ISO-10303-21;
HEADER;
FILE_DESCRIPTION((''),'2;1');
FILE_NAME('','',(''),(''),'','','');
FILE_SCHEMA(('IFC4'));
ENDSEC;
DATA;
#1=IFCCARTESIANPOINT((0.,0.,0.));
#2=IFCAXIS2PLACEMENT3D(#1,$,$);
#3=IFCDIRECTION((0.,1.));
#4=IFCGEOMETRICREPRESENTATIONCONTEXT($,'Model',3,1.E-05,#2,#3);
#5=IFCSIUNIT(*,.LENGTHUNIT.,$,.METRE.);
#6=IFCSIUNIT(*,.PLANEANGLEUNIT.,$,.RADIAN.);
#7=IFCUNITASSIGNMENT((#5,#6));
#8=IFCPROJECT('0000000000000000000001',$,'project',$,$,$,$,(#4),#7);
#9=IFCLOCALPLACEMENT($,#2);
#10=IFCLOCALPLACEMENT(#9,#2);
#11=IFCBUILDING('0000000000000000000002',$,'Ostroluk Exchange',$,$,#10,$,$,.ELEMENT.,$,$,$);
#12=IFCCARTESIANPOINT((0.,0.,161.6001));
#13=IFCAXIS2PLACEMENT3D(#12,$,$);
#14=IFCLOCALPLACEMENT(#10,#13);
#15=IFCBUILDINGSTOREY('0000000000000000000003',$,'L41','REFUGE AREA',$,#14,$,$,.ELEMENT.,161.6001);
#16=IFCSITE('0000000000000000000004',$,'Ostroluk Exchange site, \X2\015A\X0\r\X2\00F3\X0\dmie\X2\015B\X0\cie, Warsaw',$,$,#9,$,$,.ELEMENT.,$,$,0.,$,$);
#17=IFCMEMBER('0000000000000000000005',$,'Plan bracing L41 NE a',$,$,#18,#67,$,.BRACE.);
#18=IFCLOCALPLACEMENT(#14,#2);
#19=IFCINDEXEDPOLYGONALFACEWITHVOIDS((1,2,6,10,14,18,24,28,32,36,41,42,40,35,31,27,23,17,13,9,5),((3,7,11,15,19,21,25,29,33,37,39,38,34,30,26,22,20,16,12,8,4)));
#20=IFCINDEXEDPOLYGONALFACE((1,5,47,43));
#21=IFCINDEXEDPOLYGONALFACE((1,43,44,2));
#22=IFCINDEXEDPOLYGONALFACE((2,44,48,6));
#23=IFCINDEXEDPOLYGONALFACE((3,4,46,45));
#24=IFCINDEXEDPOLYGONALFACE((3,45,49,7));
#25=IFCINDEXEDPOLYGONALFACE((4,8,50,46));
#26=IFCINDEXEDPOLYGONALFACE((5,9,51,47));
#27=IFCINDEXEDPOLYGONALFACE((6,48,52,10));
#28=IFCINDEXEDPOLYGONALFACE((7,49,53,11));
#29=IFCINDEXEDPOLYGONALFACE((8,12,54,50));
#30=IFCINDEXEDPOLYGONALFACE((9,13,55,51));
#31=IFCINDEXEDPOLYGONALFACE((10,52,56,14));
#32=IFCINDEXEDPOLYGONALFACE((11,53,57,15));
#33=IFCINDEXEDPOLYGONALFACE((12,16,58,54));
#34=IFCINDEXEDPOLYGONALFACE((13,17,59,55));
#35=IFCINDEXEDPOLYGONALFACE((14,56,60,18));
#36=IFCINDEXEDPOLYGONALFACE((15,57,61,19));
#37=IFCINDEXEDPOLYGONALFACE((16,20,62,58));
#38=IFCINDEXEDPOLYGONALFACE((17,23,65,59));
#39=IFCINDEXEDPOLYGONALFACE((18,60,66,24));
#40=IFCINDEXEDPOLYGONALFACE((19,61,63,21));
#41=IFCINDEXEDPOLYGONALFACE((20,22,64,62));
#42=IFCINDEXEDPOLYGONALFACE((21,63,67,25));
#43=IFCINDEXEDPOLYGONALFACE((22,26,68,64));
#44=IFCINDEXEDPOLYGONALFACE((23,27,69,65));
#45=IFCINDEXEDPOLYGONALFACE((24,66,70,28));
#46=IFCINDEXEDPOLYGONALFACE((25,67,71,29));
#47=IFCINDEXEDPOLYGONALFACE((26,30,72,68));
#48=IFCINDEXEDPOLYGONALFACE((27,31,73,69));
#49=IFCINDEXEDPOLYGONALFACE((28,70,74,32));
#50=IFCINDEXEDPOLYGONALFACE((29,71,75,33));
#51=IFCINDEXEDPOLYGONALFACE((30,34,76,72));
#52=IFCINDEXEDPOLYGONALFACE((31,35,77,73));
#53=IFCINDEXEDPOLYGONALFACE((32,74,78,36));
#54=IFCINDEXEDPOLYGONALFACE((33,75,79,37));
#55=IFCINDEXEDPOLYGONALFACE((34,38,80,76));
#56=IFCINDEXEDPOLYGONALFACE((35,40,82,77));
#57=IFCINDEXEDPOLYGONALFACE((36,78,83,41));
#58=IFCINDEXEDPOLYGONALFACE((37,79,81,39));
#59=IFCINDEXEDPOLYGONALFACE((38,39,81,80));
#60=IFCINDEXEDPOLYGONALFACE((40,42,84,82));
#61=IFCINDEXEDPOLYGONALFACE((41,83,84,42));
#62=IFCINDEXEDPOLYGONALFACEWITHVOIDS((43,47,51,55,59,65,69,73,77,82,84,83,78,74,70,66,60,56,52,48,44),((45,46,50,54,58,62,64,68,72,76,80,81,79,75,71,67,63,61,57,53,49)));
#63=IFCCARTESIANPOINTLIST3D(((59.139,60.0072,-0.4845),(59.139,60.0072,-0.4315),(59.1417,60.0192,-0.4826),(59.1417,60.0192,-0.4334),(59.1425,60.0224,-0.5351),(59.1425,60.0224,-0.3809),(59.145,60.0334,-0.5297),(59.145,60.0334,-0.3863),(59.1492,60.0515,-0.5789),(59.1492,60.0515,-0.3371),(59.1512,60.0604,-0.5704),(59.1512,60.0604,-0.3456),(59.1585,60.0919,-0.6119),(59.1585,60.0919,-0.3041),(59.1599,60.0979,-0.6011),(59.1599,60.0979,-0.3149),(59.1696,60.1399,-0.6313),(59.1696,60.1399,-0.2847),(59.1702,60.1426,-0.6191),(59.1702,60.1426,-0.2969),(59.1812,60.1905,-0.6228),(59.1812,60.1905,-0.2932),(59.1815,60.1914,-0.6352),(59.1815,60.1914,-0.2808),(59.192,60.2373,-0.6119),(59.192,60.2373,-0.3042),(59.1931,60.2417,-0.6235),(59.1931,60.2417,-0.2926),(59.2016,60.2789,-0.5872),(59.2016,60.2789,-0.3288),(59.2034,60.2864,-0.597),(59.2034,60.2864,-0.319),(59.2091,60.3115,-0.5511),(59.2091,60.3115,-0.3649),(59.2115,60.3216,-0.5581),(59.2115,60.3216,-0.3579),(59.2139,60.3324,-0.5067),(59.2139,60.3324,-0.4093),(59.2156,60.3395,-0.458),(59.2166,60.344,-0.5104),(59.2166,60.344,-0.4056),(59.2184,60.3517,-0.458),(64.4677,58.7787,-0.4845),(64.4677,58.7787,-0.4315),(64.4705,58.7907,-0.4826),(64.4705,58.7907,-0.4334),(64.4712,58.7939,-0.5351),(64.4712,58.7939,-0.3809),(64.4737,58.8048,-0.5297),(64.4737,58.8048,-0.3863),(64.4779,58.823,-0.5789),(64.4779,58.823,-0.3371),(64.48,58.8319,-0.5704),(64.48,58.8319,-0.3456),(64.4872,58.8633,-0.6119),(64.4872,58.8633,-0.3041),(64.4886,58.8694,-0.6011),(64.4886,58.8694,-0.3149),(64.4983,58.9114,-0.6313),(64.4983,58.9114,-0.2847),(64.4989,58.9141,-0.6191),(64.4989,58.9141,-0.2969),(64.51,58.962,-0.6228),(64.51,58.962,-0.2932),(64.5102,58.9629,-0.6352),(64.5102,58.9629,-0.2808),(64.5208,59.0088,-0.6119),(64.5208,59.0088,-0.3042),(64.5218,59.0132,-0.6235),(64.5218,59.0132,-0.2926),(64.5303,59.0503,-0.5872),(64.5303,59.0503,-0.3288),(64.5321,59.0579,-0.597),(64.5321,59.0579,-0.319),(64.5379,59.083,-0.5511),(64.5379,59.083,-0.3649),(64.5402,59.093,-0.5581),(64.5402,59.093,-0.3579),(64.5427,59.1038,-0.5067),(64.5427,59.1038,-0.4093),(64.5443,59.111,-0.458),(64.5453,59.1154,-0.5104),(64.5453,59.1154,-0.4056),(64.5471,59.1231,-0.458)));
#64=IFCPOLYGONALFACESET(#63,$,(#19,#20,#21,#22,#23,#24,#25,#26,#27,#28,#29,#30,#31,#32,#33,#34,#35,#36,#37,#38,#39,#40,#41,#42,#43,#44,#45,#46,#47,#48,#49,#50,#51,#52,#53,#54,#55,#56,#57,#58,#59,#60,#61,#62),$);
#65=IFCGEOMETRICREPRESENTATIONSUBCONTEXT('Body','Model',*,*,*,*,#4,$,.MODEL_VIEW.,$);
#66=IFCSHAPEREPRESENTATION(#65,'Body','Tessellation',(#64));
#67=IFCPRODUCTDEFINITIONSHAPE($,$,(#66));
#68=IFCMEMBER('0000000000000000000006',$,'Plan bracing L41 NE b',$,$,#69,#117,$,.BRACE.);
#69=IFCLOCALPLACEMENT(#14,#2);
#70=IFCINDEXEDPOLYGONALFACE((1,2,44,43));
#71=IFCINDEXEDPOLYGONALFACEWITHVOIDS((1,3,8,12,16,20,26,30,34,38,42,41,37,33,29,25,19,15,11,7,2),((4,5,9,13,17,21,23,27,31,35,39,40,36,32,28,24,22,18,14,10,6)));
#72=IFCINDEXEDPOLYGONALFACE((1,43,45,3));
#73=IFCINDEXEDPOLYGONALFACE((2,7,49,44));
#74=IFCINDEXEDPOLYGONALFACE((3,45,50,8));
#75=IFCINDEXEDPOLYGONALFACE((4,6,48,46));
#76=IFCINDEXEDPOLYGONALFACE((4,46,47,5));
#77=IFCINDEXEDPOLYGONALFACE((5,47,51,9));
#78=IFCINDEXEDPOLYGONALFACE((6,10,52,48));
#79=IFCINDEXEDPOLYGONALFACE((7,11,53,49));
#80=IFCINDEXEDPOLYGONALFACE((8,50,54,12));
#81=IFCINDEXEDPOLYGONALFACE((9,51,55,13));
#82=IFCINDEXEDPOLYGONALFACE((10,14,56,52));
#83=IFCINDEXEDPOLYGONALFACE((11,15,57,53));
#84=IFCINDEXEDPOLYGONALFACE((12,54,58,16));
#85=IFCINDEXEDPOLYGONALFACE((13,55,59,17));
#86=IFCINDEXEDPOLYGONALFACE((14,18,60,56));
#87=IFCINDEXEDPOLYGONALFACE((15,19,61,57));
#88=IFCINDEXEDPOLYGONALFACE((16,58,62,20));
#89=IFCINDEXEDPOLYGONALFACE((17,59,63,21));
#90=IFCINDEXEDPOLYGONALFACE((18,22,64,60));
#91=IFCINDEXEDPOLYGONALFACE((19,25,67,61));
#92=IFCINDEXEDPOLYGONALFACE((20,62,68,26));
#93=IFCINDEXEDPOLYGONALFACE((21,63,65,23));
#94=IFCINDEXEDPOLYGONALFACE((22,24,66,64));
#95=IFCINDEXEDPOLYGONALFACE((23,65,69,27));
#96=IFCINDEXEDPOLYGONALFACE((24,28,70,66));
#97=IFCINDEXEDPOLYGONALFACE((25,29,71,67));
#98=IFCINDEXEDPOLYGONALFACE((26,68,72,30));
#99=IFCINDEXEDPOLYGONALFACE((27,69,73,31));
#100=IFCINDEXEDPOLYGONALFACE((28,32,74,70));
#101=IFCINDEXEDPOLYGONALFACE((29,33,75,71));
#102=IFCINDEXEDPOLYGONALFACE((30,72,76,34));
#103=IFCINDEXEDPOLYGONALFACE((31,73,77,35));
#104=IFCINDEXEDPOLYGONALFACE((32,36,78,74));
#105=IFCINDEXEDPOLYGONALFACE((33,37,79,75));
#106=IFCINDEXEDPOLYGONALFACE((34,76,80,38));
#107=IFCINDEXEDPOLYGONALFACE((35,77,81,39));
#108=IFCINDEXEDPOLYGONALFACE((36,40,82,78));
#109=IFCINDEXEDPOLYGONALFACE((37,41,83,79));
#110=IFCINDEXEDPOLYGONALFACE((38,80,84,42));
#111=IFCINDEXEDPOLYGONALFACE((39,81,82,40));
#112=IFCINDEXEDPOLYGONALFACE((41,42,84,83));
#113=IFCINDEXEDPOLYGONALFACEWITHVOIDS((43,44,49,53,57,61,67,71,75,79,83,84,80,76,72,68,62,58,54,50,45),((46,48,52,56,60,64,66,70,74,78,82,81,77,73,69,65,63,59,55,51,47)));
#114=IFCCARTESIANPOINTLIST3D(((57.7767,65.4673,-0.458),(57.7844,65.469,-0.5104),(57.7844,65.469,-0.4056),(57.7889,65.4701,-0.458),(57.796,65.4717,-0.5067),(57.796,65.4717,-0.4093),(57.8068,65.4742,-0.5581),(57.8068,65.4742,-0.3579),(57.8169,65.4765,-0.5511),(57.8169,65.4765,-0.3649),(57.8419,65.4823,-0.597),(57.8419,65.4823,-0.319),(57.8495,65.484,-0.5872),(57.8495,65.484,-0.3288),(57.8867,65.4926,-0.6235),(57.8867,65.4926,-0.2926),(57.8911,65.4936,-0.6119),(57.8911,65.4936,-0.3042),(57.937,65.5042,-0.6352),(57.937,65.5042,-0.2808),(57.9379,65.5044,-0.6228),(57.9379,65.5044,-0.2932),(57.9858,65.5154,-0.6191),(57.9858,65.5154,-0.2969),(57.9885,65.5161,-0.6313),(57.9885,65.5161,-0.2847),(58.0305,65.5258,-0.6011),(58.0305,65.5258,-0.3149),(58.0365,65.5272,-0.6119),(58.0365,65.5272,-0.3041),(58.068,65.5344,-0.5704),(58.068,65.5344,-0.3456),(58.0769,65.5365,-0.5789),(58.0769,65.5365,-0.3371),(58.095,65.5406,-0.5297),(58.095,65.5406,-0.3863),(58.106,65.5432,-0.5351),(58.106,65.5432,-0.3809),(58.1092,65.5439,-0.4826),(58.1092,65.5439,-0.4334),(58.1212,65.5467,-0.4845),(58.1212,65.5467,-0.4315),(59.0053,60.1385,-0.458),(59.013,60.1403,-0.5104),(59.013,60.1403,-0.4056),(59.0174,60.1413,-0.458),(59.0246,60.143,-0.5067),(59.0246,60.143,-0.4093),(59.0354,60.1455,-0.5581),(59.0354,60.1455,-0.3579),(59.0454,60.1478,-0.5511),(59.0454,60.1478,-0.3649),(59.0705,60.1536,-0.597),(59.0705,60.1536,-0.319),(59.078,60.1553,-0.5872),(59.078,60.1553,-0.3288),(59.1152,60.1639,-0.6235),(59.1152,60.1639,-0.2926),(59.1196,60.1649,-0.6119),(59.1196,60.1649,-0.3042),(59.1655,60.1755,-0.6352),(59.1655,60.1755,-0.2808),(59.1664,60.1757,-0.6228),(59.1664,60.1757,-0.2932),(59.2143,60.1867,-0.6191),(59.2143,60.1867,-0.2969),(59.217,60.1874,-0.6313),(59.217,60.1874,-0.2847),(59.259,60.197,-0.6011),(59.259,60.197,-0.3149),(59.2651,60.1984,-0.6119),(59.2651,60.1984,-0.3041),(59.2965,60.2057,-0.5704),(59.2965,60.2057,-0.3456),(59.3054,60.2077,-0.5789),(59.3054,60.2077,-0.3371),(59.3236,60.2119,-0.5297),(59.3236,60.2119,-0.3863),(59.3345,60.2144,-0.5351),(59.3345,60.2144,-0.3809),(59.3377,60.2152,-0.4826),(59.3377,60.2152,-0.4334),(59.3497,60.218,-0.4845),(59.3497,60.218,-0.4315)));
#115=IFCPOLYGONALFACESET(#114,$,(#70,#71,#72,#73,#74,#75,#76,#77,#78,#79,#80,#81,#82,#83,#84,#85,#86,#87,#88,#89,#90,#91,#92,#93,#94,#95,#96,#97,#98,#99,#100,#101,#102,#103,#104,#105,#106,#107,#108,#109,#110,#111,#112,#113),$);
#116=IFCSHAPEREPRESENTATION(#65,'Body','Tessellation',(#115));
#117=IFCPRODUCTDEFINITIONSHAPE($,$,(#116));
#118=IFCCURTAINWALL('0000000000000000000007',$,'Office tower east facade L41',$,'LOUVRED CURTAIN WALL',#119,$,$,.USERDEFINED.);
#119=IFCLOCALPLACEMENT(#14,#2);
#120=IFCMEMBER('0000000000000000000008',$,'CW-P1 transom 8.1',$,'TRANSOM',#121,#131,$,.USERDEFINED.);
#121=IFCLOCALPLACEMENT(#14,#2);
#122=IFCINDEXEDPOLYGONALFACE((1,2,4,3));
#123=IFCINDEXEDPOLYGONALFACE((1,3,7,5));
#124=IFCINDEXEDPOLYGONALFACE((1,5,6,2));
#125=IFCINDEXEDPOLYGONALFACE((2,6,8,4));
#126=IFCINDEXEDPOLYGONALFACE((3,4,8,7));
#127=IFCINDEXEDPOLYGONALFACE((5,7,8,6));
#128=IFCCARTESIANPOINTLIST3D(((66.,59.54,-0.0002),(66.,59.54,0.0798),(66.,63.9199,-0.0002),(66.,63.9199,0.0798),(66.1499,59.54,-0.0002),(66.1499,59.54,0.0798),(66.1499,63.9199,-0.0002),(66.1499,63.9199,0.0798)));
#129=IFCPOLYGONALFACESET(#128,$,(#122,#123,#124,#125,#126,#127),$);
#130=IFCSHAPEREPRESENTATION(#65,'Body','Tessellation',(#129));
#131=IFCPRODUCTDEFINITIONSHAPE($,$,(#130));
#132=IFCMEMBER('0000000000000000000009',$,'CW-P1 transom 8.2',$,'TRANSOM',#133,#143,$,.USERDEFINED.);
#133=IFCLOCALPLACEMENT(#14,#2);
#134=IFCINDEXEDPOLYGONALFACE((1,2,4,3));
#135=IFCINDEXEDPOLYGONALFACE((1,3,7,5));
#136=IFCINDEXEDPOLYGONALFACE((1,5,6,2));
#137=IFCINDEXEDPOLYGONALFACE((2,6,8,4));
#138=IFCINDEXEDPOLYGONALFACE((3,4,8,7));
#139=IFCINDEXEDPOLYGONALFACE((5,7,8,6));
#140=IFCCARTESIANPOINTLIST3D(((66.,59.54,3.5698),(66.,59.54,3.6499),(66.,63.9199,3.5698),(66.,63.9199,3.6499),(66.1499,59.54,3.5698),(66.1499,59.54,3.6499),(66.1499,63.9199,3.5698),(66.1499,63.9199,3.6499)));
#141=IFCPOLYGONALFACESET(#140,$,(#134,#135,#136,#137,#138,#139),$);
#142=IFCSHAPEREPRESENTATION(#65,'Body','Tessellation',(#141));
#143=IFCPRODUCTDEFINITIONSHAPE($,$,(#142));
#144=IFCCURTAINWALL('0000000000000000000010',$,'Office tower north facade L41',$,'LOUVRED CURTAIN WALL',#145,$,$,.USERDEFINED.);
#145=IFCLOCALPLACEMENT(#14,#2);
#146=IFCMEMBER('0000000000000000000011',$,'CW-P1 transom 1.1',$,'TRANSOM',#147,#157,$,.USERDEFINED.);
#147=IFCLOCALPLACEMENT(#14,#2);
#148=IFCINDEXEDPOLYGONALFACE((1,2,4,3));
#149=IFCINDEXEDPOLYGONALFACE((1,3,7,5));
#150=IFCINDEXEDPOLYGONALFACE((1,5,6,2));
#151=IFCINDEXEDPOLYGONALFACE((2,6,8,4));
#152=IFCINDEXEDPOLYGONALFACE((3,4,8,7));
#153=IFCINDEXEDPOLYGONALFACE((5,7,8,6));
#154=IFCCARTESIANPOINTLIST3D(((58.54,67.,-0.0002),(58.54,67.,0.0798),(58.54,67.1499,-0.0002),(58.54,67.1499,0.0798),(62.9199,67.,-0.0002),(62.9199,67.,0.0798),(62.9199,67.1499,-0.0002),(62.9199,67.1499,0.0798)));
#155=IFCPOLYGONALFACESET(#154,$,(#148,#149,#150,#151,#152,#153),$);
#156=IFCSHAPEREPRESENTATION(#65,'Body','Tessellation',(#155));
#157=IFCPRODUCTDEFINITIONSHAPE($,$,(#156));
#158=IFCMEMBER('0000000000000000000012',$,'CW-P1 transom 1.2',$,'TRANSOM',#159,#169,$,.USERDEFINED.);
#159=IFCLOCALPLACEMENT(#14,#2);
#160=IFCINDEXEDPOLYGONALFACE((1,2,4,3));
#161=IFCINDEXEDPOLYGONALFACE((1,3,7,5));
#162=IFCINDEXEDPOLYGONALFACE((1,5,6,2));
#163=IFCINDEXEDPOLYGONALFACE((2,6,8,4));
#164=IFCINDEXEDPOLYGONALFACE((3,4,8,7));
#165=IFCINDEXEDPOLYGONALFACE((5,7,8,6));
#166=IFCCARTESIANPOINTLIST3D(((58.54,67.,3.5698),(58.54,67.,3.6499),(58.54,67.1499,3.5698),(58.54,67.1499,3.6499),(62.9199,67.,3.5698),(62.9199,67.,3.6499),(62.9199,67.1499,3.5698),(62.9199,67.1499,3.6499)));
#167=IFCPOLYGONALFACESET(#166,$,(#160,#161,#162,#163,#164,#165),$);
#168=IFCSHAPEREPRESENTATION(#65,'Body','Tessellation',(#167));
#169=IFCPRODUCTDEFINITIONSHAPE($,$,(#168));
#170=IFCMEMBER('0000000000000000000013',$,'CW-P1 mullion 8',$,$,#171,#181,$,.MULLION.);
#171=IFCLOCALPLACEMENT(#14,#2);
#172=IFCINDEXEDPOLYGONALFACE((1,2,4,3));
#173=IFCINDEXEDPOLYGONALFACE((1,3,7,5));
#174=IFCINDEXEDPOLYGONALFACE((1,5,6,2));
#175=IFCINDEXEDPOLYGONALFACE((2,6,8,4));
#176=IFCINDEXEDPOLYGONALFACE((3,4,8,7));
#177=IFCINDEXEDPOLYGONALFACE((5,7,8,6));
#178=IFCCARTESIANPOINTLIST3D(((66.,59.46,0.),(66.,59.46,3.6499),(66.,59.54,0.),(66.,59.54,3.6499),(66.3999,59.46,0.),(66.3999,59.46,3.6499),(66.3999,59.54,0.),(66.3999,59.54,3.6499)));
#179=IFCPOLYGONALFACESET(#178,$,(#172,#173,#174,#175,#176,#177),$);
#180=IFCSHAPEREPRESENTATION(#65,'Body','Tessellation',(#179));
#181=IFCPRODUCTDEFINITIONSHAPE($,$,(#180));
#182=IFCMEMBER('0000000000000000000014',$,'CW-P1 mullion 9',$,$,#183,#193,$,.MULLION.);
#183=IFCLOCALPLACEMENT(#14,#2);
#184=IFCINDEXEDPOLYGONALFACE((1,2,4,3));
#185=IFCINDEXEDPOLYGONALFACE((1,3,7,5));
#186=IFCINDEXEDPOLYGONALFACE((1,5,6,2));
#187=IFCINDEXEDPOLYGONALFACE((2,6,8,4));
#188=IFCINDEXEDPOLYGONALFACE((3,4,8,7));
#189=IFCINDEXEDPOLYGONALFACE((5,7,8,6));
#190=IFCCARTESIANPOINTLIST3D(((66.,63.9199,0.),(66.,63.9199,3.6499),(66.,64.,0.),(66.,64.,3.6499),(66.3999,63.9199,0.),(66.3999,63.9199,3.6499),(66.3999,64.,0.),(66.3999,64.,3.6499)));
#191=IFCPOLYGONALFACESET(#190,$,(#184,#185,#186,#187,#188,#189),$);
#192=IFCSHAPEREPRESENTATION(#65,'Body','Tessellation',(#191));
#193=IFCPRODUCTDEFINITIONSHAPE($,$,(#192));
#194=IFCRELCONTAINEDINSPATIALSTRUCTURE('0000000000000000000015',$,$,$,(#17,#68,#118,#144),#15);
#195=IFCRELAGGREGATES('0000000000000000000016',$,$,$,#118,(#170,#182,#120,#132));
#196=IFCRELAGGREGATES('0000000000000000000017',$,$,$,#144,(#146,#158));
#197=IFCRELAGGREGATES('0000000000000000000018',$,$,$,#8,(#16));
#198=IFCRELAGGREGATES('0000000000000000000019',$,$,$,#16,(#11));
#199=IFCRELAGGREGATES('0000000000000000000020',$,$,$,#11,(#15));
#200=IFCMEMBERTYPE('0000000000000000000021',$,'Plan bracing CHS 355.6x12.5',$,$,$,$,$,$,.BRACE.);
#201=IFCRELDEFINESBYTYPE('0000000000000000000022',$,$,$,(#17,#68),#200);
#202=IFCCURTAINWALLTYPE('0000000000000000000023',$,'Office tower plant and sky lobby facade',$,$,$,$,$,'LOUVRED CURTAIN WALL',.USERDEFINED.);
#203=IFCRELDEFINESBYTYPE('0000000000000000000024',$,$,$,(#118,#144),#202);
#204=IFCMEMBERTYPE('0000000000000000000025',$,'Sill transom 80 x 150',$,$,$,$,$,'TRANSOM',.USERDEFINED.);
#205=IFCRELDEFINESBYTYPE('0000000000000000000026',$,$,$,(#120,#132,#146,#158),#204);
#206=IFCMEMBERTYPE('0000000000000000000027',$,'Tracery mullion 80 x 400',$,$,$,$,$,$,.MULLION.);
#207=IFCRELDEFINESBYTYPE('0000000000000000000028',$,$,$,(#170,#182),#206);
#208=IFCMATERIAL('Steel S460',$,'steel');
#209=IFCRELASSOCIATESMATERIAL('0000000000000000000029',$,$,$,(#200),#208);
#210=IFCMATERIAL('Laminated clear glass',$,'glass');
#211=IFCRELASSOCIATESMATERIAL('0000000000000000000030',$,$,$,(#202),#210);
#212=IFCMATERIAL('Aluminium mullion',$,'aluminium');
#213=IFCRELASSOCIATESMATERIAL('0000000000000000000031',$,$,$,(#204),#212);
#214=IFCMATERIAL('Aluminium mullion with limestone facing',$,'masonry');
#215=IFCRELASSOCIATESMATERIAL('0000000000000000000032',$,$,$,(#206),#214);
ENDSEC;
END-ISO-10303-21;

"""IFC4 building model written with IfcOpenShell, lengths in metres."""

from ifc_helpers import new_model, si_unit, direction, frame, origin, origin_2d, place, context, subcontext, project, spatial, rectangle, hollow_circle, extrude, material, material_profile, profile_set, type_object, element, aggregate, save


model = new_model("IFC4")

# Units and contexts
model_context = context("Model", 3, precision=1e-05, world=origin(), true_north=direction((0.0, 1.0)))
body_context = subcontext(model_context, "Body", "Model", "MODEL_VIEW")
ifc_project = project(units=[si_unit("LENGTHUNIT", "METRE"), si_unit("PLANEANGLEUNIT", "RADIAN")], contexts=[model_context])

# Site, building, storey
site_placement = place(None, origin())
site = spatial("IfcSite", under=ifc_project, at=site_placement, Name="Ostroluk Exchange site, Śródmieście, Warsaw", CompositionType="ELEMENT", RefElevation=0.0)
building_placement = place(site_placement, origin())
building = spatial("IfcBuilding", under=site, at=building_placement, Name="Ostroluk Exchange", CompositionType="ELEMENT")
storey_placement = place(building_placement, frame((0.0, 0.0, 161.6001)))
storey = spatial("IfcBuildingStorey", under=building, at=storey_placement, Name="L41", Description="REFUGE AREA", CompositionType="ELEMENT", Elevation=161.6001)

# Members
ifc_material_1 = material(Name="Steel S460", Category="steel")
ifc_material_profile_1 = material_profile(ifc_material_1, hollow_circle(Radius=0.1777, WallThickness=0.0125, at=origin_2d()), Name="CHS 355.6x12.5")
ifc_profile_set_1 = profile_set([ifc_material_profile_1], Name="Steel S460")
member_type_1 = type_object("IfcMemberType", Name="Plan bracing CHS 355.6x12.5", PredefinedType="BRACE", material=ifc_profile_set_1)
for number, where, z_axis, x_axis, name in (
    (1, (59.1785, 60.1785, -0.458), (0.974438, -0.224657, 0.0), (0.224657, 0.974438, 0.0), "Plan bracing L41 NE a"),
    (2, (59.1785, 60.1785, -0.458), (-0.224657, 0.974438, 0.0), (-0.974438, -0.224657, 0.0), "Plan bracing L41 NE b"),
):
    element("IfcMember", number, at=place(storey_placement, frame(where, z_axis=z_axis, x_axis=x_axis)), inside=storey, type_object=member_type_1, Name=name, PredefinedType="BRACE", context=body_context, shape_type="SweptSolid", body=[
        extrude(hollow_circle(Radius=0.1777, WallThickness=0.0125, at=origin_2d()), origin(), (0.0, 0.0, 1.0), 5.4685),
    ])

# Curtain walls, members
ifc_material_2 = material(Name="Laminated clear glass", Category="glass")
curtain_wall_type = type_object("IfcCurtainWallType", Name="Office tower plant and sky lobby facade", ElementType="LOUVRED CURTAIN WALL", PredefinedType="USERDEFINED", material=ifc_material_2)
curtain_wall_1_placement = place(storey_placement, origin())
curtain_wall_1 = element("IfcCurtainWall", 3, at=curtain_wall_1_placement, inside=storey, type_object=curtain_wall_type, Name="Office tower east facade L41", ObjectType="LOUVRED CURTAIN WALL", PredefinedType="USERDEFINED")
ifc_material_3 = material(Name="Aluminium mullion", Category="aluminium")
ifc_material_profile_2 = material_profile(ifc_material_3, rectangle(XDim=0.1499, YDim=0.0801, at=origin_2d()), Name="Sill transom 80 x 150")
ifc_profile_set_2 = profile_set([ifc_material_profile_2], Name="Aluminium mullion")
member_type_2 = type_object("IfcMemberType", Name="Sill transom 80 x 150", ElementType="TRANSOM", PredefinedType="USERDEFINED", material=ifc_profile_set_2)
member_1_placement = place(storey_placement, frame((66.075, 59.54, 0.0398), z_axis=(0.0, 1.0, 0.0), x_axis=(-1.0, 0.0, 0.0)))
member_1 = element("IfcMember", 4, at=member_1_placement, type_object=member_type_2, Name="CW-P1 transom 8.1", ObjectType="TRANSOM", PredefinedType="USERDEFINED", context=body_context, shape_type="SweptSolid", body=[
    extrude(rectangle(XDim=0.1499, YDim=0.0801, at=origin_2d()), origin(), (0.0, 0.0, 1.0), 4.3799),
])
member_2_placement = place(storey_placement, frame((66.075, 59.54, 3.6099), z_axis=(0.0, 1.0, 0.0), x_axis=(-1.0, 0.0, 0.0)))
member_2 = element("IfcMember", 5, at=member_2_placement, type_object=member_type_2, Name="CW-P1 transom 8.2", ObjectType="TRANSOM", PredefinedType="USERDEFINED", context=body_context, shape_type="SweptSolid", body=[
    extrude(rectangle(XDim=0.1499, YDim=0.0801, at=origin_2d()), origin(), (0.0, 0.0, 1.0), 4.3799),
])
curtain_wall_2_placement = place(storey_placement, origin())
curtain_wall_2 = element("IfcCurtainWall", 6, at=curtain_wall_2_placement, inside=storey, type_object=curtain_wall_type, Name="Office tower north facade L41", ObjectType="LOUVRED CURTAIN WALL", PredefinedType="USERDEFINED")
member_3_placement = place(storey_placement, frame((62.9199, 67.075, 0.0398), z_axis=(-1.0, 0.0, 0.0), x_axis=(0.0, -1.0, 0.0)))
member_3 = element("IfcMember", 7, at=member_3_placement, type_object=member_type_2, Name="CW-P1 transom 1.1", ObjectType="TRANSOM", PredefinedType="USERDEFINED", context=body_context, shape_type="SweptSolid", body=[
    extrude(rectangle(XDim=0.1499, YDim=0.0801, at=origin_2d()), origin(), (0.0, 0.0, 1.0), 4.3799),
])
member_4_placement = place(storey_placement, frame((62.9199, 67.075, 3.6099), z_axis=(-1.0, 0.0, 0.0), x_axis=(0.0, -1.0, 0.0)))
member_4 = element("IfcMember", 8, at=member_4_placement, type_object=member_type_2, Name="CW-P1 transom 1.2", ObjectType="TRANSOM", PredefinedType="USERDEFINED", context=body_context, shape_type="SweptSolid", body=[
    extrude(rectangle(XDim=0.1499, YDim=0.0801, at=origin_2d()), origin(), (0.0, 0.0, 1.0), 4.3799),
])

# Members
ifc_material_4 = material(Name="Aluminium mullion with limestone facing", Category="masonry")
ifc_material_profile_3 = material_profile(ifc_material_4, rectangle(XDim=0.3999, YDim=0.0801, at=origin_2d()), Name="Tracery mullion 80 x 400")
ifc_profile_set_3 = profile_set([ifc_material_profile_3], Name="Aluminium mullion with limestone facing")
member_type_3 = type_object("IfcMemberType", Name="Tracery mullion 80 x 400", PredefinedType="MULLION", material=ifc_profile_set_3)
member_5_placement = place(storey_placement, frame((66.2, 59.5, 0.0), z_axis=(0.0, 0.0, 1.0), x_axis=(-1.0, 0.0, 0.0)))
member_5 = element("IfcMember", 9, at=member_5_placement, type_object=member_type_3, Name="CW-P1 mullion 8", PredefinedType="MULLION", context=body_context, shape_type="SweptSolid", body=[
    extrude(rectangle(XDim=0.3999, YDim=0.0801, at=origin_2d()), origin(), (0.0, 0.0, 1.0), 3.6499),
])
member_6_placement = place(storey_placement, frame((66.2, 63.96, 0.0), z_axis=(0.0, 0.0, 1.0), x_axis=(-1.0, 0.0, 0.0)))
member_6 = element("IfcMember", 10, at=member_6_placement, type_object=member_type_3, Name="CW-P1 mullion 9", PredefinedType="MULLION", context=body_context, shape_type="SweptSolid", body=[
    extrude(rectangle(XDim=0.3999, YDim=0.0801, at=origin_2d()), origin(), (0.0, 0.0, 1.0), 3.6499),
])

aggregate(curtain_wall_1, [member_5, member_6, member_1, member_2])
aggregate(curtain_wall_2, [member_3, member_4])

save(model, "model.ifc")
